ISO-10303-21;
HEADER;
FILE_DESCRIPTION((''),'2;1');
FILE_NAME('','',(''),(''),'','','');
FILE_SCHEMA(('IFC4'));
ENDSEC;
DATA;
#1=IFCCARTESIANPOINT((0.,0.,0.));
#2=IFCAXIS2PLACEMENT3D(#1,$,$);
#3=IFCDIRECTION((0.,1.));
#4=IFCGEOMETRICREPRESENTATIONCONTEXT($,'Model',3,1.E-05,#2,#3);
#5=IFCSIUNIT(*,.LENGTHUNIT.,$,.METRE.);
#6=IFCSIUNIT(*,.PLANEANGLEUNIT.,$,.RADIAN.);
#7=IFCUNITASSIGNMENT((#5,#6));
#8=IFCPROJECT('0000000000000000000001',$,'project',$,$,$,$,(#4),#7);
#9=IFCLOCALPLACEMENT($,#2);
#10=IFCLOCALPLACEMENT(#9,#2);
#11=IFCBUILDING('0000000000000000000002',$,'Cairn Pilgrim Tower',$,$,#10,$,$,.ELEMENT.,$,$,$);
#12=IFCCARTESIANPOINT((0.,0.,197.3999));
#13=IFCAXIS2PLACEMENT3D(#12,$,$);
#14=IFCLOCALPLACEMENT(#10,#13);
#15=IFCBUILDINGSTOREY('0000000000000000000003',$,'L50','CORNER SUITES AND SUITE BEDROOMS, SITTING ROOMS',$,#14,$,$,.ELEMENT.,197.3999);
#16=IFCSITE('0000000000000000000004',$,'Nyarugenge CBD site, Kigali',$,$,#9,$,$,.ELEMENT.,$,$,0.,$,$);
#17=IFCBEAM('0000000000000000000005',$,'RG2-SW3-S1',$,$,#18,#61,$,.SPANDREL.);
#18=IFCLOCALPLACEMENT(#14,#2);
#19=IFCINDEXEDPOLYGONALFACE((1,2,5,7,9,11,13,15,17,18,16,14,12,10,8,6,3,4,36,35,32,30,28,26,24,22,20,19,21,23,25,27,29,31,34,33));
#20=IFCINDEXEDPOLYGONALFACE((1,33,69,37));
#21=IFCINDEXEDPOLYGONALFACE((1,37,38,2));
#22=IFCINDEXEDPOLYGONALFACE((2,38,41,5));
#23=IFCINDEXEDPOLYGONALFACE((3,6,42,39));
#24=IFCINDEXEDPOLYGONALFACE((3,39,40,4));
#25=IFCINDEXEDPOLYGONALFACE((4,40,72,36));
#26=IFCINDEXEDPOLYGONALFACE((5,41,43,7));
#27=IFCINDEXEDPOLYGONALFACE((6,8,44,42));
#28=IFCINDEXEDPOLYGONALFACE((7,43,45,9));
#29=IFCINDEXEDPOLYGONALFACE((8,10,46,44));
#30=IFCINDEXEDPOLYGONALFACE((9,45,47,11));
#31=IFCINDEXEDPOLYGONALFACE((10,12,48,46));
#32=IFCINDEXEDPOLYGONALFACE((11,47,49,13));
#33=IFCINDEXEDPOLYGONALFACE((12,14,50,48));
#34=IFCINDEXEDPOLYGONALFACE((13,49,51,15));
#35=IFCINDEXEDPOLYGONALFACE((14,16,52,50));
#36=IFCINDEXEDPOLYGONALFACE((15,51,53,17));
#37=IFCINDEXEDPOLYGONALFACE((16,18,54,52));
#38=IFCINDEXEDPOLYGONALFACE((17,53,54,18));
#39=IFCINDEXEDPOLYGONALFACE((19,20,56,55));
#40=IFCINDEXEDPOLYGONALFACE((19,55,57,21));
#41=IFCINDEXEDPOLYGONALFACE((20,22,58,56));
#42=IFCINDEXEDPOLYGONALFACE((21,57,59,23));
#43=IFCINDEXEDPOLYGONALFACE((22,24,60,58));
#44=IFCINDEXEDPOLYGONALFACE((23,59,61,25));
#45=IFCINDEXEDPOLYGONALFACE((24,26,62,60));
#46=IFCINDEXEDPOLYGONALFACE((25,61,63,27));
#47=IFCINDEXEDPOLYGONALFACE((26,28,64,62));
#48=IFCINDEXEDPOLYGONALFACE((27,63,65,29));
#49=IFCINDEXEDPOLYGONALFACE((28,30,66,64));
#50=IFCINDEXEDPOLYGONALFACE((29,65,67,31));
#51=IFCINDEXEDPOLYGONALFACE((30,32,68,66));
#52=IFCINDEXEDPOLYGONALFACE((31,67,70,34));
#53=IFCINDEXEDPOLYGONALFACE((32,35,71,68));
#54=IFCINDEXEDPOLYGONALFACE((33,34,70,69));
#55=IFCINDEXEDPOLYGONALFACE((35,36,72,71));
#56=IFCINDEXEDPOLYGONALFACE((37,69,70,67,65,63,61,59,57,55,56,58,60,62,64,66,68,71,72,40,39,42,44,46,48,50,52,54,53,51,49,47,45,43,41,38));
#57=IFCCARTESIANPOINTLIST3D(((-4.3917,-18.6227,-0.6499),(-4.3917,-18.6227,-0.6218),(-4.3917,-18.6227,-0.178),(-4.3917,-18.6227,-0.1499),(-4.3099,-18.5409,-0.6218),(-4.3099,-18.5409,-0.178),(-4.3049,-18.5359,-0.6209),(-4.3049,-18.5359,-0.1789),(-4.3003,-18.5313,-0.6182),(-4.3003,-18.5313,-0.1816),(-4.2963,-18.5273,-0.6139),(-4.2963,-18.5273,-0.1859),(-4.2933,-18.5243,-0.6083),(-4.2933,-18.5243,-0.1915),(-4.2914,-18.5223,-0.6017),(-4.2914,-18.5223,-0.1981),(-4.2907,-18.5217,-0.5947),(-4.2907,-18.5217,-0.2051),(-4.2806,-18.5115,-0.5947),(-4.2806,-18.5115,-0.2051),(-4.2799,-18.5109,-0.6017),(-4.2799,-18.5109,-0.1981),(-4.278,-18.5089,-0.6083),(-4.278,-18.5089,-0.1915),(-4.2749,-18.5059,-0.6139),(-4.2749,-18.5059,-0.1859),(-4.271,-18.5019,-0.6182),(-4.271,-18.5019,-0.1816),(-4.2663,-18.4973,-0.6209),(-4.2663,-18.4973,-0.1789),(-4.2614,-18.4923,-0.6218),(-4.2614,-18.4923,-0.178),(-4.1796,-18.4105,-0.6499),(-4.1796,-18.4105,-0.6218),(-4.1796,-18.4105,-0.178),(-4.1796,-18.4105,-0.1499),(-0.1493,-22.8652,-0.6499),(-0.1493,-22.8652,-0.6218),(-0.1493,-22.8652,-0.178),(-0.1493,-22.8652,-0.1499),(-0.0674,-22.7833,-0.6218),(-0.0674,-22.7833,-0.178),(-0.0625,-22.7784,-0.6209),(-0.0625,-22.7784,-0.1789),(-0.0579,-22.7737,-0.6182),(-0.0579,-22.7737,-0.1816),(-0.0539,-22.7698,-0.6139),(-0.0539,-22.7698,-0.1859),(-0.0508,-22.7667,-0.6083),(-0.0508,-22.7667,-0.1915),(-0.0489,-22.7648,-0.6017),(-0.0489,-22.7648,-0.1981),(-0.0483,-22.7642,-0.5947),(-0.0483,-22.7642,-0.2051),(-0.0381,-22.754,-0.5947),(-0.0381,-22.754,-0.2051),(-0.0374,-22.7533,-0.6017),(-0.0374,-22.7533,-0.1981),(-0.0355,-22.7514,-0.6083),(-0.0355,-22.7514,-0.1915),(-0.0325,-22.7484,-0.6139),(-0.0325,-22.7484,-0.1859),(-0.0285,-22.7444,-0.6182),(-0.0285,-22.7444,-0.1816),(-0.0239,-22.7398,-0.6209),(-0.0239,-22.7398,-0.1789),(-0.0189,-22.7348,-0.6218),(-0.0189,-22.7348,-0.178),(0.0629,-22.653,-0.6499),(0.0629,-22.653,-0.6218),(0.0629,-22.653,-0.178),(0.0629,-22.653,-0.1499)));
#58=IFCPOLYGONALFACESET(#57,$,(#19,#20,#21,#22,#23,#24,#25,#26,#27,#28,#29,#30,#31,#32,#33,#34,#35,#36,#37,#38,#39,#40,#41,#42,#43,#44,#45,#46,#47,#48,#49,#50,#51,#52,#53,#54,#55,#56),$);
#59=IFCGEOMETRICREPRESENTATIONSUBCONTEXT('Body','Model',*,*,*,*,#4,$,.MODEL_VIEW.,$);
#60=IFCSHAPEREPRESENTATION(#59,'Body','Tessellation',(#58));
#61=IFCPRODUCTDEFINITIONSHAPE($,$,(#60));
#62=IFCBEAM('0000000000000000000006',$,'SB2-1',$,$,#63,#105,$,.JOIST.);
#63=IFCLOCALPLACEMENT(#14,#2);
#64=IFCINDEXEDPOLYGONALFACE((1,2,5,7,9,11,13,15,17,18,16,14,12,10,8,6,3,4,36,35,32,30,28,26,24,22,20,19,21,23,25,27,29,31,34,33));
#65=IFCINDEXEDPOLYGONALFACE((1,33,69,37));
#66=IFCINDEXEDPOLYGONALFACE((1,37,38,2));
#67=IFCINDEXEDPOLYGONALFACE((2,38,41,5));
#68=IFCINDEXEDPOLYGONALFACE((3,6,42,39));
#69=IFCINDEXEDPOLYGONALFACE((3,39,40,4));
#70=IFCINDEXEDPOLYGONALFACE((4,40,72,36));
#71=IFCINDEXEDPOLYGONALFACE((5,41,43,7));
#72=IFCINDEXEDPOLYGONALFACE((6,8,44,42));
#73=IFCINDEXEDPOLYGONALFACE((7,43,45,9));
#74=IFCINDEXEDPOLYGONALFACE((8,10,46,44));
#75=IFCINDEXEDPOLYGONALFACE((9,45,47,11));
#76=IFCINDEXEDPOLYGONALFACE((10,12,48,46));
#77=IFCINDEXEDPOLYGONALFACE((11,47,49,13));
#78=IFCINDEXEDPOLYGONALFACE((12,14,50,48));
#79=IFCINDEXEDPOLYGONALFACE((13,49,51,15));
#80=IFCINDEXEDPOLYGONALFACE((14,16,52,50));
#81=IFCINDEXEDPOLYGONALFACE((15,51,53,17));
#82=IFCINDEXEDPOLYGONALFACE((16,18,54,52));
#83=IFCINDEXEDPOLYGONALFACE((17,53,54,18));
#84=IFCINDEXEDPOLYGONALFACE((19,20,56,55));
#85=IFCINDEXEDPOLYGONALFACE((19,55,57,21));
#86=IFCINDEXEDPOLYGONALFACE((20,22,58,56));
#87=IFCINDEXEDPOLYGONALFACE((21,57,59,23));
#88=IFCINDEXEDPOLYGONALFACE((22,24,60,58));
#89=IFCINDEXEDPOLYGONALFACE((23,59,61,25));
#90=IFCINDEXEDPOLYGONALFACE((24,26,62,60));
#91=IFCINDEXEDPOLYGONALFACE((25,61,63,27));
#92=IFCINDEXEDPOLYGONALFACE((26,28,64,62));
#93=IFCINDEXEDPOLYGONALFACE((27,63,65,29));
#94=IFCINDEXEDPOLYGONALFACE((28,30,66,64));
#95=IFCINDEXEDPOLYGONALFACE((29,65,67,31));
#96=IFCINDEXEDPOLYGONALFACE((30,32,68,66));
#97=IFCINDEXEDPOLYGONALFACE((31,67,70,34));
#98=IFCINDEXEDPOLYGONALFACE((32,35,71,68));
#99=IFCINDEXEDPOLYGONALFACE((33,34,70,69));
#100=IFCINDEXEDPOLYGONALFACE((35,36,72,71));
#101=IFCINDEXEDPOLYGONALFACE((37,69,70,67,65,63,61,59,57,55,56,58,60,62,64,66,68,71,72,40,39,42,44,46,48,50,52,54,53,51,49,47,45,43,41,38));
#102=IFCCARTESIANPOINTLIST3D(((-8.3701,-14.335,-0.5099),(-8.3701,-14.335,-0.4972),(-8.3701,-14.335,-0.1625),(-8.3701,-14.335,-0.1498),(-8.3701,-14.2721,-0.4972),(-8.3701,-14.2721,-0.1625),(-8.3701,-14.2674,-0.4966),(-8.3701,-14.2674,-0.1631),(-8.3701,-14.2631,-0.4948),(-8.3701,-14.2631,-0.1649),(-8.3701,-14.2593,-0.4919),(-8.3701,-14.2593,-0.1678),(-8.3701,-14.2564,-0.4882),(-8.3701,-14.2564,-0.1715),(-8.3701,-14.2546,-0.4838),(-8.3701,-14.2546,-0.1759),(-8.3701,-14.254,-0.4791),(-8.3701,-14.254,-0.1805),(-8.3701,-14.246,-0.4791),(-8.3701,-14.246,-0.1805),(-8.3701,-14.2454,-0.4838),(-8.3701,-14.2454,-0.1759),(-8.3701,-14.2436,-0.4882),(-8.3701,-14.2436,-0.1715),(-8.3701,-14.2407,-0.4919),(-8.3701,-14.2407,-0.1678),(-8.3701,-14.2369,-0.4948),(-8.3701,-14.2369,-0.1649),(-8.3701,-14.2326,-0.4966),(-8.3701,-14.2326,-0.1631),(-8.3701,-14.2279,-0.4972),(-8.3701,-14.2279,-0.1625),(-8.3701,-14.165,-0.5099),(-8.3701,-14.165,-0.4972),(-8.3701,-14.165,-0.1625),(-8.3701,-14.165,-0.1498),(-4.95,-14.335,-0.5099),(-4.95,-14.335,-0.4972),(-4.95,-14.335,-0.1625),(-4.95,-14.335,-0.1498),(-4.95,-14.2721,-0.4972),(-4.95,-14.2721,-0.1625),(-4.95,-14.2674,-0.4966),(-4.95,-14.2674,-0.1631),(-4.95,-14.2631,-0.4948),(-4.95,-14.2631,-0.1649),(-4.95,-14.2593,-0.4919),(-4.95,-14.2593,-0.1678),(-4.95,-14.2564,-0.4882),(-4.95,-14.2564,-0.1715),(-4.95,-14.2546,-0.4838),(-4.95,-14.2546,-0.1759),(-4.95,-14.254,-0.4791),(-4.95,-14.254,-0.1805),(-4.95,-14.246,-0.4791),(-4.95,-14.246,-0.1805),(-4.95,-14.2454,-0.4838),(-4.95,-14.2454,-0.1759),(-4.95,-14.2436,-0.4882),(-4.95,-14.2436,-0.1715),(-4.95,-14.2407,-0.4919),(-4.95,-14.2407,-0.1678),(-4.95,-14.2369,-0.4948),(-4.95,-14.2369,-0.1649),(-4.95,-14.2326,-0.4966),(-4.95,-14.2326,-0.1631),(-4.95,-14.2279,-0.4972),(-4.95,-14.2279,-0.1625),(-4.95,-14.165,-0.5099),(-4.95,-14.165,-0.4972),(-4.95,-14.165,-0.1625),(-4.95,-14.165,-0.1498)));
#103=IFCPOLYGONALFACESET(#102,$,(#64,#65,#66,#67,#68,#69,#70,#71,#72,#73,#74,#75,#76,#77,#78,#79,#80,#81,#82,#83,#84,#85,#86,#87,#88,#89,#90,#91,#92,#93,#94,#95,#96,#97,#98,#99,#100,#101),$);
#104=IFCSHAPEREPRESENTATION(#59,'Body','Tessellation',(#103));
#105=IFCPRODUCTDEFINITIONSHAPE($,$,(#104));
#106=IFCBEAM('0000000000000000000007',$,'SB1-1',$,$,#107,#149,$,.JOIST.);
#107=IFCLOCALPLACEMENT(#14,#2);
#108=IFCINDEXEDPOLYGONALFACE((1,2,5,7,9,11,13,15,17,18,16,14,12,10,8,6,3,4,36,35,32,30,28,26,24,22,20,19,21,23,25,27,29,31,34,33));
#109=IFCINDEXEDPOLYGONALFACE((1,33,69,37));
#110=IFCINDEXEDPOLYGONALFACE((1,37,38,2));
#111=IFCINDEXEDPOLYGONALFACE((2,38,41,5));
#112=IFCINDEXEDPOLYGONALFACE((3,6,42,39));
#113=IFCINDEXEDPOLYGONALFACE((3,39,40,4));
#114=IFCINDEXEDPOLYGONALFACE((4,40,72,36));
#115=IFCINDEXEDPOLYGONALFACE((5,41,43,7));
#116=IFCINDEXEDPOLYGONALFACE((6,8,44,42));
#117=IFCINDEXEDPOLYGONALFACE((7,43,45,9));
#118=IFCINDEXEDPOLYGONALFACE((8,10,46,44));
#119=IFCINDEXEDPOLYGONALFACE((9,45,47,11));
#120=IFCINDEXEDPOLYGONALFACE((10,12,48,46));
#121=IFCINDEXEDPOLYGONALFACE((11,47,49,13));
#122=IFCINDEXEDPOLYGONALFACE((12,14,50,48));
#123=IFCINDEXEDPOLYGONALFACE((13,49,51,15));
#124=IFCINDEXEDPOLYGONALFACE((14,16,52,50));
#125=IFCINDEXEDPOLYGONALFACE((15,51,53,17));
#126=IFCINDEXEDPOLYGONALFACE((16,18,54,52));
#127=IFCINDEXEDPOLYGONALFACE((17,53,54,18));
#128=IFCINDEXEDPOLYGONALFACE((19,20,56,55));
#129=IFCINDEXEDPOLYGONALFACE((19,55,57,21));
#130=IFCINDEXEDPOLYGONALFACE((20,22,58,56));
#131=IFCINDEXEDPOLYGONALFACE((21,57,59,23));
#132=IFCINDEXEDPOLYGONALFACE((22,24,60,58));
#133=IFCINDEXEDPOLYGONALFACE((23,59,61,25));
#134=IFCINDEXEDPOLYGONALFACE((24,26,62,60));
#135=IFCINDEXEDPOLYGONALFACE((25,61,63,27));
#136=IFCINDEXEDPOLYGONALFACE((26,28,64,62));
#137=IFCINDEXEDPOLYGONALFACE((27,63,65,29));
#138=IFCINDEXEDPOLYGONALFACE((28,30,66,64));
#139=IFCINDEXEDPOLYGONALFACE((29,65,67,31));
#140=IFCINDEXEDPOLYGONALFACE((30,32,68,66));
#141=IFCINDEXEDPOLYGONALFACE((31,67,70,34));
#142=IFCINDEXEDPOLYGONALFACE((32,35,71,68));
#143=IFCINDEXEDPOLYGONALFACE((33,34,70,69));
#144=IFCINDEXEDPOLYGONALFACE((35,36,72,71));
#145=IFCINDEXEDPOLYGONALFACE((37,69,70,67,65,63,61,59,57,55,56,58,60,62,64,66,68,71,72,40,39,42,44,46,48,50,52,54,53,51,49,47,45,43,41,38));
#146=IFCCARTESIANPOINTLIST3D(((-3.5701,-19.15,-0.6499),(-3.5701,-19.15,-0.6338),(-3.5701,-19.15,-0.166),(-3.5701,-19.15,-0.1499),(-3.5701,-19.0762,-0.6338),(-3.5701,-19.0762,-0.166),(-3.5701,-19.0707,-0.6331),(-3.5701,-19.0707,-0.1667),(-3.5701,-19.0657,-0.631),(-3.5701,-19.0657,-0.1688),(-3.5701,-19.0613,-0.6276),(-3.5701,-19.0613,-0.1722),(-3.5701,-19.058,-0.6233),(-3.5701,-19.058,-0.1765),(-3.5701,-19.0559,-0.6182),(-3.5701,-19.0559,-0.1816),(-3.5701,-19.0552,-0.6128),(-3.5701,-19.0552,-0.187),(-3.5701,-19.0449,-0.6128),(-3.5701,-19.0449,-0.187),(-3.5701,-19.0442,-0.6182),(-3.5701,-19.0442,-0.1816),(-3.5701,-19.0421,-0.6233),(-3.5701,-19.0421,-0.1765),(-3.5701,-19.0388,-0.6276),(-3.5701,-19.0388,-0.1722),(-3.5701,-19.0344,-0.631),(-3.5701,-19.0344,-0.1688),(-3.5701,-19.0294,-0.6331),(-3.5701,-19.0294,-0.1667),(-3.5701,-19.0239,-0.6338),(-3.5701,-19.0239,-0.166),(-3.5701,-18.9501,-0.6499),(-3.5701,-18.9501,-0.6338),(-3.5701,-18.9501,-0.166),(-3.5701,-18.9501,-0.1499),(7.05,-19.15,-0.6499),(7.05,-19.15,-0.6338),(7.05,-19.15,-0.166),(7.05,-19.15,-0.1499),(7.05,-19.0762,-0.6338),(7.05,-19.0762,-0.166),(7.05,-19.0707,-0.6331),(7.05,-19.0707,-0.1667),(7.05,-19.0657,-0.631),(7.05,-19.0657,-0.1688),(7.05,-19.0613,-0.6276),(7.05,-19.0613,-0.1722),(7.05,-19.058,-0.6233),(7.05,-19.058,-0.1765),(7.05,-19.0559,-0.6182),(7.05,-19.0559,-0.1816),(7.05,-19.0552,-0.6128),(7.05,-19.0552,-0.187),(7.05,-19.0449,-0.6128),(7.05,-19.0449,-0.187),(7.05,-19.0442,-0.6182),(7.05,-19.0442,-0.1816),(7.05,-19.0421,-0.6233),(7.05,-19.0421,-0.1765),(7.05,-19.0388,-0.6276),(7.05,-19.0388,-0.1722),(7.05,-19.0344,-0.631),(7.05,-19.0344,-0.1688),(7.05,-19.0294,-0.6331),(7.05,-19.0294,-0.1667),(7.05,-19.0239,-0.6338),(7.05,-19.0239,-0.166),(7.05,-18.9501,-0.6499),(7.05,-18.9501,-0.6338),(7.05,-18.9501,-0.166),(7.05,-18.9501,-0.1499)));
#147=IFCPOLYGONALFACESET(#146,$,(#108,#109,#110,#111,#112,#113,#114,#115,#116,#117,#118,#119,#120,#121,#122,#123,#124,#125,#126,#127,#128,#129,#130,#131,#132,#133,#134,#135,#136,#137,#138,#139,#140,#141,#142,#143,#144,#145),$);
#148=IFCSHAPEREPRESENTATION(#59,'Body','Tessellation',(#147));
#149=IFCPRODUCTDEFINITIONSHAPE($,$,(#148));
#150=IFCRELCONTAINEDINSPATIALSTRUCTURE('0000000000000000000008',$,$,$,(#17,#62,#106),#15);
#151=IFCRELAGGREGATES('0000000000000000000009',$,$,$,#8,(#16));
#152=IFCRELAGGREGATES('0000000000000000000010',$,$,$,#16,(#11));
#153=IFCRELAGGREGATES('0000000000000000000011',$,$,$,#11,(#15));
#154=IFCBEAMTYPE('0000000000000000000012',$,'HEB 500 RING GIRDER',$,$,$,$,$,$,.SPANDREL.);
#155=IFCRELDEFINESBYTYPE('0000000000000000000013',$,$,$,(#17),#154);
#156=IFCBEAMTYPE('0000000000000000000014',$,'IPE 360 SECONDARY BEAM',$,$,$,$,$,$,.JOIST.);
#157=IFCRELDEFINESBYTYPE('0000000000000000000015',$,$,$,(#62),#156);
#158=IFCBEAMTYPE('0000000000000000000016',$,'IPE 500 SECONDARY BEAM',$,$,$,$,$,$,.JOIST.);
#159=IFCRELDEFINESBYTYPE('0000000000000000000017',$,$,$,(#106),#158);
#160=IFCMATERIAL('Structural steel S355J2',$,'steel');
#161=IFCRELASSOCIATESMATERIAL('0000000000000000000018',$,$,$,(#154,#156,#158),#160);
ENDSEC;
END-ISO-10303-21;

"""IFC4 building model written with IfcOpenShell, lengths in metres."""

from ifc_helpers import new_model, si_unit, direction, frame, origin, origin_2d, place, context, subcontext, project, spatial, i_section, extrude, material, material_profile, profile_set, type_object, element, save


model = new_model("IFC4")

# Units and contexts
model_context = context("Model", 3, precision=1e-05, world=origin(), true_north=direction((0.0, 1.0)))
body_context = subcontext(model_context, "Body", "Model", "MODEL_VIEW")
ifc_project = project(units=[si_unit("LENGTHUNIT", "METRE"), si_unit("PLANEANGLEUNIT", "RADIAN")], contexts=[model_context])

# Site, building, storey
site_placement = place(None, origin())
site = spatial("IfcSite", under=ifc_project, at=site_placement, Name="Nyarugenge CBD site, Kigali", CompositionType="ELEMENT", RefElevation=0.0)
building_placement = place(site_placement, origin())
building = spatial("IfcBuilding", under=site, at=building_placement, Name="Cairn Pilgrim Tower", CompositionType="ELEMENT")
storey_placement = place(building_placement, frame((0.0, 0.0, 197.3999)))
storey = spatial("IfcBuildingStorey", under=building, at=storey_placement, Name="L50", Description="CORNER SUITES AND SUITE BEDROOMS, SITTING ROOMS", CompositionType="ELEMENT", Elevation=197.3999)

# Shared definitions
ifc_material_1 = material(Name="Structural steel S355J2", Category="steel")

# Beams
ifc_material_profile_1 = material_profile(ifc_material_1, i_section(OverallWidth=0.3, OverallDepth=0.5, WebThickness=0.0144, FlangeThickness=0.0281, FilletRadius=0.0271, at=origin_2d()), Name="HEB 500")
ifc_profile_set_1 = profile_set([ifc_material_profile_1], Name="Structural steel S355J2")
beam_type_1 = type_object("IfcBeamType", Name="HEB 500 RING GIRDER", PredefinedType="SPANDREL", material=ifc_profile_set_1)
beam_1_placement = place(storey_placement, frame((-4.2856, -18.5166, -0.3999), z_axis=(0.707107, -0.707107, 0.0), x_axis=(0.707107, 0.707107, 0.0)))
element("IfcBeam", 1, at=beam_1_placement, inside=storey, type_object=beam_type_1, Name="RG2-SW3-S1", PredefinedType="SPANDREL", context=body_context, shape_type="SweptSolid", body=[
    extrude(i_section(OverallWidth=0.3, OverallDepth=0.5, WebThickness=0.0144, FlangeThickness=0.0281, FilletRadius=0.0271, at=origin_2d()), origin(), (0.0, 0.0, 1.0), 5.9998),
])
ifc_material_profile_2 = material_profile(ifc_material_1, i_section(OverallWidth=0.1699, OverallDepth=0.3601, WebThickness=0.0081, FlangeThickness=0.0127, FilletRadius=0.0181, at=origin_2d()), Name="IPE 360")
ifc_profile_set_2 = profile_set([ifc_material_profile_2], Name="Structural steel S355J2")
beam_type_2 = type_object("IfcBeamType", Name="IPE 360 SECONDARY BEAM", PredefinedType="JOIST", material=ifc_profile_set_2)
beam_2_placement = place(storey_placement, frame((-8.3701, -14.25, -0.3298), z_axis=(1.0, 0.0, 0.0), x_axis=(0.0, 1.0, 0.0)))
element("IfcBeam", 2, at=beam_2_placement, inside=storey, type_object=beam_type_2, Name="SB2-1", PredefinedType="JOIST", context=body_context, shape_type="SweptSolid", body=[
    extrude(i_section(OverallWidth=0.1699, OverallDepth=0.3601, WebThickness=0.0081, FlangeThickness=0.0127, FilletRadius=0.0181, at=origin_2d()), origin(), (0.0, 0.0, 1.0), 3.4202),
])
ifc_material_profile_3 = material_profile(ifc_material_1, i_section(OverallWidth=0.2, OverallDepth=0.5, WebThickness=0.0103, FlangeThickness=0.0161, FilletRadius=0.021, at=origin_2d()), Name="IPE 500")
ifc_profile_set_3 = profile_set([ifc_material_profile_3], Name="Structural steel S355J2")
beam_type_3 = type_object("IfcBeamType", Name="IPE 500 SECONDARY BEAM", PredefinedType="JOIST", material=ifc_profile_set_3)
beam_3_placement = place(storey_placement, frame((-3.5701, -19.05, -0.3999), z_axis=(1.0, 0.0, 0.0), x_axis=(0.0, 1.0, 0.0)))
element("IfcBeam", 3, at=beam_3_placement, inside=storey, type_object=beam_type_3, Name="SB1-1", PredefinedType="JOIST", context=body_context, shape_type="SweptSolid", body=[
    extrude(i_section(OverallWidth=0.2, OverallDepth=0.5, WebThickness=0.0103, FlangeThickness=0.0161, FilletRadius=0.021, at=origin_2d()), origin(), (0.0, 0.0, 1.0), 10.6201),
])

save(model, "model.ifc")
